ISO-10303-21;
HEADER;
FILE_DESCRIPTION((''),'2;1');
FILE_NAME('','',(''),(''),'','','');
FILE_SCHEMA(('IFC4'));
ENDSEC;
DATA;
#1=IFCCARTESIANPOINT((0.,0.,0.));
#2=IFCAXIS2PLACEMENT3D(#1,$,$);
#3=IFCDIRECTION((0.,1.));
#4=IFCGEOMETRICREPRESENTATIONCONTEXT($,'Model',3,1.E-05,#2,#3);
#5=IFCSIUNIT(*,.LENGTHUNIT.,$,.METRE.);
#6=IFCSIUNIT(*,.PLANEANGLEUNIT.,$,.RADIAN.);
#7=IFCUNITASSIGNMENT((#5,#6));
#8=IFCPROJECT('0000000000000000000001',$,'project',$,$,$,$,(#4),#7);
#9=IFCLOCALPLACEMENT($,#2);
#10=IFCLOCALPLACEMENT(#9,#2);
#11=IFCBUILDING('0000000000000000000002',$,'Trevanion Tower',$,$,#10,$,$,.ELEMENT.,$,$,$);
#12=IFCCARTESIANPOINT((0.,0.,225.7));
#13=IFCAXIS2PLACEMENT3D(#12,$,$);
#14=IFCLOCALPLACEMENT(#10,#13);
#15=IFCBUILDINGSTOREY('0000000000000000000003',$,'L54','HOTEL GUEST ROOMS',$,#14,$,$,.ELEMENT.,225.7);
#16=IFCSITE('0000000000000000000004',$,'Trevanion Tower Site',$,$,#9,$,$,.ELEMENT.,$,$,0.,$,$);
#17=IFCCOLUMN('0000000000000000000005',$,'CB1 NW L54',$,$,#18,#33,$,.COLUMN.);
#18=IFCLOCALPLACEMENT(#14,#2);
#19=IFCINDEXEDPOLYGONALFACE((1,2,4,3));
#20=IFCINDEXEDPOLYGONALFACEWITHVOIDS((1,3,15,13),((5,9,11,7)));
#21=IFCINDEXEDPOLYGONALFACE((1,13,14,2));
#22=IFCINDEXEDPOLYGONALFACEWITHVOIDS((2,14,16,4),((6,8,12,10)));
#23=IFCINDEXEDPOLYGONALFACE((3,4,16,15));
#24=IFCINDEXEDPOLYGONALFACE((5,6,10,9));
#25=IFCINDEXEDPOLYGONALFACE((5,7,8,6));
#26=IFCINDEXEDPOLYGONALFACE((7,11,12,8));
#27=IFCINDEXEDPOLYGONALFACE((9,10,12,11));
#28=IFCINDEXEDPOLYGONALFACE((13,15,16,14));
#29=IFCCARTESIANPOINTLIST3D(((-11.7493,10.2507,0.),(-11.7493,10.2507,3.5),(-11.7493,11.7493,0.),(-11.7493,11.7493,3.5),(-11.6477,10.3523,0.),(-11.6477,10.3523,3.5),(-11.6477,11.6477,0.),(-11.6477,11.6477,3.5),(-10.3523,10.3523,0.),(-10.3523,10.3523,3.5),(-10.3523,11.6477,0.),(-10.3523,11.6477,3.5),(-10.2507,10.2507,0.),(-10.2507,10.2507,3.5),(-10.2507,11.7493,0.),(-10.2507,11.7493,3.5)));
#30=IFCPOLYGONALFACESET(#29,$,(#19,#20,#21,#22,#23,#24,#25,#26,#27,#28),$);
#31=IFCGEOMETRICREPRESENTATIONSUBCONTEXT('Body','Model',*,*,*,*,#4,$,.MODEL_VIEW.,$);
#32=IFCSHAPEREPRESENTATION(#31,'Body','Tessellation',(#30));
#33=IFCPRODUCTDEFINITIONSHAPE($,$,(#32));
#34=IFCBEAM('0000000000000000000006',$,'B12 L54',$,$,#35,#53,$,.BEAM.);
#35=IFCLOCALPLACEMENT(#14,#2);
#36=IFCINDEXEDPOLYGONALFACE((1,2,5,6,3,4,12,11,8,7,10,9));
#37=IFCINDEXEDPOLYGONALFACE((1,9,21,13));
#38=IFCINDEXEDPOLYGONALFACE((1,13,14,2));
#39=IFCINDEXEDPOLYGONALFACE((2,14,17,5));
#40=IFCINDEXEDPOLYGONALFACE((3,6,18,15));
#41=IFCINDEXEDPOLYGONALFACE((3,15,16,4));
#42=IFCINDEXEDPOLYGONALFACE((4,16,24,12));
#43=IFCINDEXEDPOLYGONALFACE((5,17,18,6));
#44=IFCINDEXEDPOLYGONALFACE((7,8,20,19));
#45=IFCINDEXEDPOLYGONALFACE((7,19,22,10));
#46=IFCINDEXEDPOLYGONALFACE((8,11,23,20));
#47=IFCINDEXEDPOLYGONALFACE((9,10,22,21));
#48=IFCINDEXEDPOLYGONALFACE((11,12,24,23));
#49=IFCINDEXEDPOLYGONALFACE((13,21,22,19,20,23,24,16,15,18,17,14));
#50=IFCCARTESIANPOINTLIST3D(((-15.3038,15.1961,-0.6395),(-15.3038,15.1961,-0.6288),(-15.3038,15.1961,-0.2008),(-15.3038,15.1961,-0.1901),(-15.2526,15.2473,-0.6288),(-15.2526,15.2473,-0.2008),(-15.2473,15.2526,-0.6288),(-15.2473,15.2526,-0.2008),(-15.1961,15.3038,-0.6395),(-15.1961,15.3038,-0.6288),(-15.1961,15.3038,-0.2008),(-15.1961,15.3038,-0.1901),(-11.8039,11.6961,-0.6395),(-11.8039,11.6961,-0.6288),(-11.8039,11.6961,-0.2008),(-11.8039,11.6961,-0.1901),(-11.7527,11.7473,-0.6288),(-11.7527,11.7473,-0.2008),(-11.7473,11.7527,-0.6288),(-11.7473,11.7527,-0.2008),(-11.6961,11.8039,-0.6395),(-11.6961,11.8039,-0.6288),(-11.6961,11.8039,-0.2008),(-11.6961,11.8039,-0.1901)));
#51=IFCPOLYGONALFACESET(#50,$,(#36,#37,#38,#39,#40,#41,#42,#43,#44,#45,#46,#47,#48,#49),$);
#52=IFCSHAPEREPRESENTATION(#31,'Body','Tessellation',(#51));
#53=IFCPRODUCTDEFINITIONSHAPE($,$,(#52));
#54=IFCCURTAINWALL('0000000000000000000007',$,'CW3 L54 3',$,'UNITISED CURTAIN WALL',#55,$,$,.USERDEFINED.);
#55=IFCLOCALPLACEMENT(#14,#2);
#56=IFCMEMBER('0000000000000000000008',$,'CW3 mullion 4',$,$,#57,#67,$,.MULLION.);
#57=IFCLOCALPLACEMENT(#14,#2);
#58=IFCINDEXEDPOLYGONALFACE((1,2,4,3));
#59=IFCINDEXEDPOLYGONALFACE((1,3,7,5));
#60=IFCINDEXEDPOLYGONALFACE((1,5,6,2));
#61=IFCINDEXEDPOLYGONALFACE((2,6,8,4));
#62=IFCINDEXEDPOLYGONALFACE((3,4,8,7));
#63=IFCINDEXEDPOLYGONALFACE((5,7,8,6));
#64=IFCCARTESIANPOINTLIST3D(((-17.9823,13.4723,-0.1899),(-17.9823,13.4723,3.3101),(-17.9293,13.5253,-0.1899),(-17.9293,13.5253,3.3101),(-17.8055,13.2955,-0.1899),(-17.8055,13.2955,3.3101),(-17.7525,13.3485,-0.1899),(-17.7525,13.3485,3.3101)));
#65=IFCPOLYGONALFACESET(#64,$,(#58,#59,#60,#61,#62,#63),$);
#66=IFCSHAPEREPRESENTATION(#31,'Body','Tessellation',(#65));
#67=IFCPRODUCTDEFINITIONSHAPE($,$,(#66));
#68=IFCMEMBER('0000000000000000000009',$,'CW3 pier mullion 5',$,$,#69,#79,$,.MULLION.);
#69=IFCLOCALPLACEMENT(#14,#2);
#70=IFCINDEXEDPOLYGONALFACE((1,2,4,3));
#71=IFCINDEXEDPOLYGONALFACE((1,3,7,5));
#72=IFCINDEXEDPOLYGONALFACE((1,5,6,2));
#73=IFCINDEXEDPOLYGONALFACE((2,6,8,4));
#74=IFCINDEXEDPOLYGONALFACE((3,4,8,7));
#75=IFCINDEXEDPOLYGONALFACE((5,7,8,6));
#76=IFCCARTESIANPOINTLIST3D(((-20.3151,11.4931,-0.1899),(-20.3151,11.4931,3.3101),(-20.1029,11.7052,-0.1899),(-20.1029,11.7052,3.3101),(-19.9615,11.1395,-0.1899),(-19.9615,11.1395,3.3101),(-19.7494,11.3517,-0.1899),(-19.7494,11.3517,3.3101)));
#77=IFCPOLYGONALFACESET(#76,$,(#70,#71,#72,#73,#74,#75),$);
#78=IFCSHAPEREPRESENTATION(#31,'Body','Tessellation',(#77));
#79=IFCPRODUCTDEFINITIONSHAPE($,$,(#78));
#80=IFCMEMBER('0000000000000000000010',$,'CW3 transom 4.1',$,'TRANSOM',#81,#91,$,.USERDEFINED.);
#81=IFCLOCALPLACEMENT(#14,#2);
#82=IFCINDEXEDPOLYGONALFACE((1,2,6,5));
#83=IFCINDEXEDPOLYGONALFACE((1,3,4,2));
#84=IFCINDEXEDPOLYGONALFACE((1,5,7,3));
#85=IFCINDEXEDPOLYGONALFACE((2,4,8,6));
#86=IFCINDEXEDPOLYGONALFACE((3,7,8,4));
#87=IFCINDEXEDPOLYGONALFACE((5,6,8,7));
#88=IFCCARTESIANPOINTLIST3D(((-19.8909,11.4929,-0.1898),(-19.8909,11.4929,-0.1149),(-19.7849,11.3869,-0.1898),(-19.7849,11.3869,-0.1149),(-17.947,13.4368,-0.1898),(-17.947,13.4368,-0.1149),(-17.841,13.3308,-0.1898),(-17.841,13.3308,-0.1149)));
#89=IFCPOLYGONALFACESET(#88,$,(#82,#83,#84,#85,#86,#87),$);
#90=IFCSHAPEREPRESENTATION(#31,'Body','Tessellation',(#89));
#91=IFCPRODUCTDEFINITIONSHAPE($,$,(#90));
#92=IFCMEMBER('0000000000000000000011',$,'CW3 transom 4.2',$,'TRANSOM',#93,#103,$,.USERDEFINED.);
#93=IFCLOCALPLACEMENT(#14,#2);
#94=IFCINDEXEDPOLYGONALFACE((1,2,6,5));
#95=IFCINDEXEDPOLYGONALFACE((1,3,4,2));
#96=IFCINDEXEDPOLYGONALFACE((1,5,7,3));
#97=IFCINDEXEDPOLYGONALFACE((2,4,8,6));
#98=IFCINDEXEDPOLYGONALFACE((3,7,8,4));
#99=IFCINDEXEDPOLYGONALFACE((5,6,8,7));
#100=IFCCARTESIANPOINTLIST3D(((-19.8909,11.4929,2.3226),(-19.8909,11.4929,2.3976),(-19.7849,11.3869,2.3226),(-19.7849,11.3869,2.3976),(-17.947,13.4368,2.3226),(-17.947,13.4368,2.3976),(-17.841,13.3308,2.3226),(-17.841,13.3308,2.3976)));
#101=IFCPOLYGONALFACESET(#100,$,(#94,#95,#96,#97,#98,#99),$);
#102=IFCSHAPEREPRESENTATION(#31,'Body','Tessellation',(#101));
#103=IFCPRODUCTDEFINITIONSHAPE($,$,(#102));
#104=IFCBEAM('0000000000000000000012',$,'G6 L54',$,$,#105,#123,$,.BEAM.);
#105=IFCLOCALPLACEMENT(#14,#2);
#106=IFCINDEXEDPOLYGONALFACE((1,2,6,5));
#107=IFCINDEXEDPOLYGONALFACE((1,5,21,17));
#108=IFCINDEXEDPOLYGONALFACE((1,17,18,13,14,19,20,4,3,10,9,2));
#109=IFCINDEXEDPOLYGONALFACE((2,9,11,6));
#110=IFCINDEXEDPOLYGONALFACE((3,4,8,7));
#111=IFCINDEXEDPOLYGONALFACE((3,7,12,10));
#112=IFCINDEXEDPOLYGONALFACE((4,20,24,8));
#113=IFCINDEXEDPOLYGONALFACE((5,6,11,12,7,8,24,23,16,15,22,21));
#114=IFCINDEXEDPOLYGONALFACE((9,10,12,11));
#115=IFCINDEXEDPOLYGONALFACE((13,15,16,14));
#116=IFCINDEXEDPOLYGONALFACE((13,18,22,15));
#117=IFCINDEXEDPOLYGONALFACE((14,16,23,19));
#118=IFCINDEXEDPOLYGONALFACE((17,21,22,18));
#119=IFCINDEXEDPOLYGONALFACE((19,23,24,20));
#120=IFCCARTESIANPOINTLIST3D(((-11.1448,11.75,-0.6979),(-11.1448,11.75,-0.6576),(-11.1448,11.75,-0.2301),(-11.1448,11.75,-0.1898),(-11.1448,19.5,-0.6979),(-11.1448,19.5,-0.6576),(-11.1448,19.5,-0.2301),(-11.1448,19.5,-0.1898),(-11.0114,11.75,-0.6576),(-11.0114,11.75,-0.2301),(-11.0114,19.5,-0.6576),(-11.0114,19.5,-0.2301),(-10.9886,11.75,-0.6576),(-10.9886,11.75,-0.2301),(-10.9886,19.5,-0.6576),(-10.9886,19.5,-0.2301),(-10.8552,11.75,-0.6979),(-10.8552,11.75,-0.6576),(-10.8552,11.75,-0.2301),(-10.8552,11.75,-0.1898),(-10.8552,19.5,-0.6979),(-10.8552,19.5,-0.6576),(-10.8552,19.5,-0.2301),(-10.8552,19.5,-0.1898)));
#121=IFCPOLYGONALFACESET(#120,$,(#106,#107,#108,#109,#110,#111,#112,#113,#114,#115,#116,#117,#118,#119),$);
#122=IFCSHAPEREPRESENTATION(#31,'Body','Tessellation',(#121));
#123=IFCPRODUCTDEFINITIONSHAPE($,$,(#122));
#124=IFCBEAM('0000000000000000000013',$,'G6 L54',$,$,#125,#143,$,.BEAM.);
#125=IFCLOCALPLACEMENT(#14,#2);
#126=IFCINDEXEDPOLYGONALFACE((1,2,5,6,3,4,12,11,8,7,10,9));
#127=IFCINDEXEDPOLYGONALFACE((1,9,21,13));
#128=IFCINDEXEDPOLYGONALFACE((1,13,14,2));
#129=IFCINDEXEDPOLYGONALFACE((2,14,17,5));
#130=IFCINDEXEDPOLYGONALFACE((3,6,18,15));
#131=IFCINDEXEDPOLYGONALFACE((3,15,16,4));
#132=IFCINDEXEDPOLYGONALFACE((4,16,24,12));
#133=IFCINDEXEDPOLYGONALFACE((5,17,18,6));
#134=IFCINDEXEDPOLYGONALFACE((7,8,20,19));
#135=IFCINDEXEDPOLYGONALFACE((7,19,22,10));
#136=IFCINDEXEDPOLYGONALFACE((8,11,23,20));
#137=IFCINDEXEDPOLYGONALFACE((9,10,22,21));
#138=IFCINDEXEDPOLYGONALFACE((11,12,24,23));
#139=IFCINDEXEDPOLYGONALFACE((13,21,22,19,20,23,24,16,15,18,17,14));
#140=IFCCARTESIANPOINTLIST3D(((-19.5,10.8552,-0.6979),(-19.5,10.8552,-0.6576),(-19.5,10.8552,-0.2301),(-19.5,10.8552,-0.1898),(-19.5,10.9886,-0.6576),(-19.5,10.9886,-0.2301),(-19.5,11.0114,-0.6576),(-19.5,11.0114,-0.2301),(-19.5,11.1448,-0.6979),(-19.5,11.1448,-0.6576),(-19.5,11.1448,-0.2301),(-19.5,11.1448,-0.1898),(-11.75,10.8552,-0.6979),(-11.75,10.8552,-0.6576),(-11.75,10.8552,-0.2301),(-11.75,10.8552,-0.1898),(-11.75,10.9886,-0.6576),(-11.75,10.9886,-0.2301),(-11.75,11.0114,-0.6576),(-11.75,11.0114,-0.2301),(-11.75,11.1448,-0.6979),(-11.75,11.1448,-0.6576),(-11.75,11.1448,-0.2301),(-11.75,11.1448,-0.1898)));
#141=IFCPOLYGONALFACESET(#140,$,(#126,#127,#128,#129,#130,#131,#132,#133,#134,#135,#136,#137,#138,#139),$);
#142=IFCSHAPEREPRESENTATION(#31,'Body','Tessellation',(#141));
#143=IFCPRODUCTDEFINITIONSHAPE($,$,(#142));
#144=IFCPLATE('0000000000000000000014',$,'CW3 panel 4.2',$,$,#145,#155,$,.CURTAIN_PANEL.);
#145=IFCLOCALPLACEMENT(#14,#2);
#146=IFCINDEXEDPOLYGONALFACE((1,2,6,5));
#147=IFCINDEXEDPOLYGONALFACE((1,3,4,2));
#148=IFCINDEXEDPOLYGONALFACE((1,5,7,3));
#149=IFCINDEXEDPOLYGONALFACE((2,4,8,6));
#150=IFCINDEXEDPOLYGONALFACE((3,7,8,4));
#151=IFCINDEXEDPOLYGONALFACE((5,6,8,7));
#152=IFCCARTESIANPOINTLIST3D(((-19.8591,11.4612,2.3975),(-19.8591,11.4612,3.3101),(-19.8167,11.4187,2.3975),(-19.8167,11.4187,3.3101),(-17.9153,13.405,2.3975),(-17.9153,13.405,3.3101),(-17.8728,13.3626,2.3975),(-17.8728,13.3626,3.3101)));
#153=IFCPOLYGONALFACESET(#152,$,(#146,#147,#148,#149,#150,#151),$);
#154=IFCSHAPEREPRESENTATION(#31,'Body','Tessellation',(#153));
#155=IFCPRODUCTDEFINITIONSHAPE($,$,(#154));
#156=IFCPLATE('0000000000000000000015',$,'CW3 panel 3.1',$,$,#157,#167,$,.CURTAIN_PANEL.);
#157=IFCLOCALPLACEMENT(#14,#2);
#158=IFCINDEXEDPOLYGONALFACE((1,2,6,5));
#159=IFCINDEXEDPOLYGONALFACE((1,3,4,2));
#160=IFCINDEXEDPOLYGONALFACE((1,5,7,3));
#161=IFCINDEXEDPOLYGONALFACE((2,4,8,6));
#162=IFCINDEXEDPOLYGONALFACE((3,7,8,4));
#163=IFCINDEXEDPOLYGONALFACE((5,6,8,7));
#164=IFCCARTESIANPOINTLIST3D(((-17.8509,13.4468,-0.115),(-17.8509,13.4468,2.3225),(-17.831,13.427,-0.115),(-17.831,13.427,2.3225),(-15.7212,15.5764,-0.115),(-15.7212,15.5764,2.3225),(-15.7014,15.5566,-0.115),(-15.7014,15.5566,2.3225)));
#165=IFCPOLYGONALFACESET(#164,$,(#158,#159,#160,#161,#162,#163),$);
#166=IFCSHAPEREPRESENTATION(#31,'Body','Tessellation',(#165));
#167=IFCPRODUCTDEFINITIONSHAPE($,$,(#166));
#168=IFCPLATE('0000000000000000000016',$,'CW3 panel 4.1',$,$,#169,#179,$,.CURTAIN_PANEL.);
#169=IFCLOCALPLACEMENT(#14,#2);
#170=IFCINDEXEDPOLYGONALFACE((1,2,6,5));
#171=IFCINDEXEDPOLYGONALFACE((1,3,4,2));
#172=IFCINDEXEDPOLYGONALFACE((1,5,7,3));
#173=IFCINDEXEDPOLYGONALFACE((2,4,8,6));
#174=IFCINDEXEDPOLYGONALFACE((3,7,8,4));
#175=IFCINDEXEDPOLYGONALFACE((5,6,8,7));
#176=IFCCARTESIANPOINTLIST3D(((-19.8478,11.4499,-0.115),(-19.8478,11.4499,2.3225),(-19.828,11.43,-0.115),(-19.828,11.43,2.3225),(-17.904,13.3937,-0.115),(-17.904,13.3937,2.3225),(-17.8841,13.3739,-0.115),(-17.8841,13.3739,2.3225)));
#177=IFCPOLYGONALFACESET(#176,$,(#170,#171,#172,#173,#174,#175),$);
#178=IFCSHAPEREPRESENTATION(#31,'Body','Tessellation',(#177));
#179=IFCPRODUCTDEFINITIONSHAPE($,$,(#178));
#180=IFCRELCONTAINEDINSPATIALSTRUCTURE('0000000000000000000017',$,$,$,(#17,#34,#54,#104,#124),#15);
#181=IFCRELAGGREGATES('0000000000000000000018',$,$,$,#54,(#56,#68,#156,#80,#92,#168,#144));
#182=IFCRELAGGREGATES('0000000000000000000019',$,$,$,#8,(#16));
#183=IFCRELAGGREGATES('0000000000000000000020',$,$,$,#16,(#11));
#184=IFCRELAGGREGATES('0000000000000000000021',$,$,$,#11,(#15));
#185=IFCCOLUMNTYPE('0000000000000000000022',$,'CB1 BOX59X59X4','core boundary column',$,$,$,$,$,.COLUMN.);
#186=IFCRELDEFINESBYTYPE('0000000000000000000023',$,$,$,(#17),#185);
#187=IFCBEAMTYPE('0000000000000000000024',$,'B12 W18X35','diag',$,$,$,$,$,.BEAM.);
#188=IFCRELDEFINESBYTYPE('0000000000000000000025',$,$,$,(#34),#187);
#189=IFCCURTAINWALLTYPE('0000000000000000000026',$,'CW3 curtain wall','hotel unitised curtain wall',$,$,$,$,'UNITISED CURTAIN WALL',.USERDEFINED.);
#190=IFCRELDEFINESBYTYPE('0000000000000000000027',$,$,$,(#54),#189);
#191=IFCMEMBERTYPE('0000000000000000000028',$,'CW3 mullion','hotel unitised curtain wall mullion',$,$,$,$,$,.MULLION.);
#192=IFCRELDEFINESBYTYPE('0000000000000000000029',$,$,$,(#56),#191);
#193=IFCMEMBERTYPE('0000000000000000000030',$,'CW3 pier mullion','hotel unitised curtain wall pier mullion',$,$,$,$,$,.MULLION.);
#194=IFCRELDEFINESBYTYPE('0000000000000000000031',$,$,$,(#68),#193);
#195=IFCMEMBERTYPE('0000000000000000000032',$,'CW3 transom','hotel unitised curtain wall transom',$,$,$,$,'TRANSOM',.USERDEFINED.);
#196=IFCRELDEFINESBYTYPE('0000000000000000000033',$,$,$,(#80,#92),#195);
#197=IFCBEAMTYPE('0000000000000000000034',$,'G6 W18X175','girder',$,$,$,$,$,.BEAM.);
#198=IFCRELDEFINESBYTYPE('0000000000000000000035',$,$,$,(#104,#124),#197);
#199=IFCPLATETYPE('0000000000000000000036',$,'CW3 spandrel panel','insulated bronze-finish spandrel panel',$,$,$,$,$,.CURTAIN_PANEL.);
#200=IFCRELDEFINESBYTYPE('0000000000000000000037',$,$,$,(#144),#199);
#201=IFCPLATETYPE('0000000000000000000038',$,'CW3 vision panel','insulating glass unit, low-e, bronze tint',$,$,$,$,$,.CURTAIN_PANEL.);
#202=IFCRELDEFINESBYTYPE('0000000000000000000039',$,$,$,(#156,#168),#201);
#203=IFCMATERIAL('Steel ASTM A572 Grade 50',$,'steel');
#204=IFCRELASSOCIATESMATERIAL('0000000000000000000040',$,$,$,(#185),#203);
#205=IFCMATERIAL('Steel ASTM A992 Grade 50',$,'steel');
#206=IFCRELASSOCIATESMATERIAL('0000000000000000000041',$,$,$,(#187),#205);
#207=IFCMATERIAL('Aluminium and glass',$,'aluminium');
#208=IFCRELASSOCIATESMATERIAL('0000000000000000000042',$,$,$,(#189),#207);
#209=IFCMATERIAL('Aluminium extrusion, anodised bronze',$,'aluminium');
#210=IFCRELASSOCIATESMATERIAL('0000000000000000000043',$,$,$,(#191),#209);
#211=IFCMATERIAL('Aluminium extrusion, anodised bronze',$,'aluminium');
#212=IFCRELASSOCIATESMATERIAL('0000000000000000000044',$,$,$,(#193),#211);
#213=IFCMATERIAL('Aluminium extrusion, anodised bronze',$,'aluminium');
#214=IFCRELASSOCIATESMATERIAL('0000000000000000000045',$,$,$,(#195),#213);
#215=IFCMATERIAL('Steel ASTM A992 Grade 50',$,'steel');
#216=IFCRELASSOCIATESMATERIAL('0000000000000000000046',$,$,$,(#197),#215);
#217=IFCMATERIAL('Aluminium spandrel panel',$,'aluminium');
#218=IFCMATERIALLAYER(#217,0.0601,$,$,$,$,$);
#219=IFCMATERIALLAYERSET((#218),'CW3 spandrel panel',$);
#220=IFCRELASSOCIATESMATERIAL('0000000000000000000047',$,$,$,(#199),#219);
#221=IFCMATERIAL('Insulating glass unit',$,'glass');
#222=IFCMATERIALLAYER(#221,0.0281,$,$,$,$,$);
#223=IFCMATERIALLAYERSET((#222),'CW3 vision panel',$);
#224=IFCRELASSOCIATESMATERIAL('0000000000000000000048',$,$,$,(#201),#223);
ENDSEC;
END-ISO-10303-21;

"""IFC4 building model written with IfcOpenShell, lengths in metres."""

from ifc_helpers import new_model, si_unit, direction, frame, origin, origin_2d, place, context, subcontext, project, spatial, rectangle, hollow_rectangle, i_section, extrude, material, layer, layer_set, material_profile, profile_set, type_object, element, aggregate, save


model = new_model("IFC4")

# Units and contexts
model_context = context("Model", 3, precision=1e-05, world=origin(), true_north=direction((0.0, 1.0)))
body_context = subcontext(model_context, "Body", "Model", "MODEL_VIEW")
ifc_project = project(units=[si_unit("LENGTHUNIT", "METRE"), si_unit("PLANEANGLEUNIT", "RADIAN")], contexts=[model_context])

# Site, building, storey
site_placement = place(None, origin())
site = spatial("IfcSite", under=ifc_project, at=site_placement, Name="Trevanion Tower Site", CompositionType="ELEMENT", RefElevation=0.0)
building_placement = place(site_placement, origin())
building = spatial("IfcBuilding", under=site, at=building_placement, Name="Trevanion Tower", CompositionType="ELEMENT")
storey_placement = place(building_placement, frame((0.0, 0.0, 225.7)))
storey = spatial("IfcBuildingStorey", under=building, at=storey_placement, Name="L54", Description="HOTEL GUEST ROOMS", CompositionType="ELEMENT", Elevation=225.7)

# Column
ifc_material_1 = material(Name="Steel ASTM A572 Grade 50", Category="steel")
ifc_material_profile_1 = material_profile(ifc_material_1, hollow_rectangle(XDim=1.4985, YDim=1.4985, WallThickness=0.1016, at=origin_2d()), Name="BOX59X59X4")
ifc_profile_set_1 = profile_set([ifc_material_profile_1], Name="Steel ASTM A572 Grade 50")
column_type = type_object("IfcColumnType", Name="CB1 BOX59X59X4", Description="core boundary column", PredefinedType="COLUMN", material=ifc_profile_set_1)
column_placement = place(storey_placement, frame((-11.0, 11.0, 0.0), z_axis=(0.0, 0.0, 1.0), x_axis=(1.0, 0.0, 0.0)))
element("IfcColumn", 1, at=column_placement, inside=storey, type_object=column_type, Name="CB1 NW L54", PredefinedType="COLUMN", context=body_context, shape_type="SweptSolid", body=[
    extrude(hollow_rectangle(XDim=1.4985, YDim=1.4985, WallThickness=0.1016, at=origin_2d()), origin(), (0.0, 0.0, 1.0), 3.5),
])

# Beam
ifc_material_2 = material(Name="Steel ASTM A992 Grade 50", Category="steel")
ifc_material_profile_2 = material_profile(ifc_material_2, i_section(OverallWidth=0.1523, OverallDepth=0.4495, WebThickness=0.0076, FlangeThickness=0.0107, at=origin_2d()), Name="W18X35")
ifc_profile_set_2 = profile_set([ifc_material_profile_2], Name="Steel ASTM A992 Grade 50")
beam_type_1 = type_object("IfcBeamType", Name="B12 W18X35", Description="diag", PredefinedType="BEAM", material=ifc_profile_set_2)
beam_placement = place(storey_placement, frame((-11.75, 11.75, -0.4148), z_axis=(-0.707107, 0.707107, 0.0), x_axis=(-0.707107, -0.707107, 0.0)))
element("IfcBeam", 2, at=beam_placement, inside=storey, type_object=beam_type_1, Name="B12 L54", PredefinedType="BEAM", context=body_context, shape_type="SweptSolid", body=[
    extrude(i_section(OverallWidth=0.1523, OverallDepth=0.4495, WebThickness=0.0076, FlangeThickness=0.0107, at=origin_2d()), origin(), (0.0, 0.0, 1.0), 4.9497),
])

# Curtain wall, members
ifc_material_3 = material(Name="Aluminium and glass", Category="aluminium")
curtain_wall_type = type_object("IfcCurtainWallType", Name="CW3 curtain wall", Description="hotel unitised curtain wall", ElementType="UNITISED CURTAIN WALL", PredefinedType="USERDEFINED", material=ifc_material_3)
curtain_wall_placement = place(storey_placement, origin())
curtain_wall = element("IfcCurtainWall", 3, at=curtain_wall_placement, inside=storey, type_object=curtain_wall_type, Name="CW3 L54 3", ObjectType="UNITISED CURTAIN WALL", PredefinedType="USERDEFINED")
ifc_material_4 = material(Name="Aluminium extrusion, anodised bronze", Category="aluminium")
ifc_material_profile_3 = material_profile(ifc_material_4, rectangle(XDim=0.075, YDim=0.25, at=origin_2d()), Name="CW3 mullion")
ifc_profile_set_3 = profile_set([ifc_material_profile_3], Name="Aluminium extrusion, anodised bronze")
member_type_1 = type_object("IfcMemberType", Name="CW3 mullion", Description="hotel unitised curtain wall mullion", PredefinedType="MULLION", material=ifc_profile_set_3)
member_1_placement = place(storey_placement, frame((-17.8674, 13.4104, -0.1899), z_axis=(0.0, 0.0, 1.0), x_axis=(-0.707107, -0.707107, 0.0)))
member_1 = element("IfcMember", 4, at=member_1_placement, type_object=member_type_1, Name="CW3 mullion 4", PredefinedType="MULLION", context=body_context, shape_type="SweptSolid", body=[
    extrude(rectangle(XDim=0.075, YDim=0.25, at=origin_2d()), origin(), (0.0, 0.0, 1.0), 3.5),
])
ifc_material_5 = material(Name="Aluminium extrusion, anodised bronze", Category="aluminium")
ifc_material_profile_4 = material_profile(ifc_material_5, rectangle(XDim=0.3, YDim=0.5, at=origin_2d()), Name="CW3 pier mullion")
ifc_profile_set_4 = profile_set([ifc_material_profile_4], Name="Aluminium extrusion, anodised bronze")
member_type_2 = type_object("IfcMemberType", Name="CW3 pier mullion", Description="hotel unitised curtain wall pier mullion", PredefinedType="MULLION", material=ifc_profile_set_4)
member_2_placement = place(storey_placement, frame((-20.0322, 11.4224, -0.1899), z_axis=(0.0, 0.0, 1.0), x_axis=(-0.707107, -0.707107, 0.0)))
member_2 = element("IfcMember", 5, at=member_2_placement, type_object=member_type_2, Name="CW3 pier mullion 5", PredefinedType="MULLION", context=body_context, shape_type="SweptSolid", body=[
    extrude(rectangle(XDim=0.3, YDim=0.5, at=origin_2d()), origin(), (0.0, 0.0, 1.0), 3.5),
])
ifc_material_6 = material(Name="Aluminium extrusion, anodised bronze", Category="aluminium")
ifc_material_profile_5 = material_profile(ifc_material_6, rectangle(XDim=0.1499, YDim=0.075, at=origin_2d()), Name="CW3 transom")
ifc_profile_set_5 = profile_set([ifc_material_profile_5], Name="Aluminium extrusion, anodised bronze")
member_type_3 = type_object("IfcMemberType", Name="CW3 transom", Description="hotel unitised curtain wall transom", ElementType="TRANSOM", PredefinedType="USERDEFINED", material=ifc_profile_set_5)
member_3_placement = place(storey_placement, frame((-17.894, 13.3838, -0.1523), z_axis=(-0.707107, -0.707107, 0.0), x_axis=(0.707107, -0.707107, 0.0)))
member_3 = element("IfcMember", 6, at=member_3_placement, type_object=member_type_3, Name="CW3 transom 4.1", ObjectType="TRANSOM", PredefinedType="USERDEFINED", context=body_context, shape_type="SweptSolid", body=[
    extrude(rectangle(XDim=0.1499, YDim=0.075, at=origin_2d()), origin(), (0.0, 0.0, 1.0), 2.749),
])
member_4_placement = place(storey_placement, frame((-17.894, 13.3838, 2.3601), z_axis=(-0.707107, -0.707107, 0.0), x_axis=(0.707107, -0.707107, 0.0)))
member_4 = element("IfcMember", 7, at=member_4_placement, type_object=member_type_3, Name="CW3 transom 4.2", ObjectType="TRANSOM", PredefinedType="USERDEFINED", context=body_context, shape_type="SweptSolid", body=[
    extrude(rectangle(XDim=0.1499, YDim=0.075, at=origin_2d()), origin(), (0.0, 0.0, 1.0), 2.749),
])

# Beams
ifc_material_7 = material(Name="Steel ASTM A992 Grade 50", Category="steel")
ifc_material_profile_6 = material_profile(ifc_material_7, i_section(OverallWidth=0.2896, OverallDepth=0.5081, WebThickness=0.0227, FlangeThickness=0.0403, at=origin_2d()), Name="W18X175")
ifc_profile_set_6 = profile_set([ifc_material_profile_6], Name="Steel ASTM A992 Grade 50")
beam_type_2 = type_object("IfcBeamType", Name="G6 W18X175", Description="girder", PredefinedType="BEAM", material=ifc_profile_set_6)
for number, where, z_axis, x_axis, name in (
    (8, (-11.0, 11.75, -0.4438), (0.0, 1.0, 0.0), (-1.0, 0.0, 0.0), "G6 L54"),
    (9, (-11.75, 11.0, -0.4438), (-1.0, 0.0, 0.0), (0.0, -1.0, 0.0), "G6 L54"),
):
    element("IfcBeam", number, at=place(storey_placement, frame(where, z_axis=z_axis, x_axis=x_axis)), inside=storey, type_object=beam_type_2, Name=name, PredefinedType="BEAM", context=body_context, shape_type="SweptSolid", body=[
        extrude(i_section(OverallWidth=0.2896, OverallDepth=0.5081, WebThickness=0.0227, FlangeThickness=0.0403, at=origin_2d()), origin(), (0.0, 0.0, 1.0), 7.75),
    ])

# Plates
ifc_material_8 = material(Name="Aluminium spandrel panel", Category="aluminium")
ifc_layer_1 = layer(ifc_material_8, 0.0601)
ifc_layer_set_1 = layer_set([ifc_layer_1], Name="CW3 spandrel panel")
plate_type_1 = type_object("IfcPlateType", Name="CW3 spandrel panel", Description="insulated bronze-finish spandrel panel", PredefinedType="CURTAIN_PANEL", material=ifc_layer_set_1)
plate_1_placement = place(storey_placement, frame((-18.866, 12.4119, 2.3975), z_axis=(0.0, 0.0, 1.0), x_axis=(-0.707107, -0.707107, 0.0)))
plate_1 = element("IfcPlate", 10, at=plate_1_placement, type_object=plate_type_1, Name="CW3 panel 4.2", PredefinedType="CURTAIN_PANEL", context=body_context, shape_type="SweptSolid", body=[
    extrude(rectangle(XDim=2.749, YDim=0.0601, at=origin_2d()), origin(), (0.0, 0.0, 1.0), 0.9126),
])
ifc_material_9 = material(Name="Insulating glass unit", Category="glass")
ifc_layer_2 = layer(ifc_material_9, 0.0281)
ifc_layer_set_2 = layer_set([ifc_layer_2], Name="CW3 vision panel")
plate_type_2 = type_object("IfcPlateType", Name="CW3 vision panel", Description="insulating glass unit, low-e, bronze tint", PredefinedType="CURTAIN_PANEL", material=ifc_layer_set_2)
plate_2_placement = place(storey_placement, frame((-16.7761, 14.5017, -0.115), z_axis=(0.0, 0.0, 1.0), x_axis=(-0.707107, -0.707107, 0.0)))
plate_2 = element("IfcPlate", 11, at=plate_2_placement, type_object=plate_type_2, Name="CW3 panel 3.1", PredefinedType="CURTAIN_PANEL", context=body_context, shape_type="SweptSolid", body=[
    extrude(rectangle(XDim=3.0117, YDim=0.0281, at=origin_2d()), origin(), (0.0, 0.0, 1.0), 2.4375),
])
plate_3_placement = place(storey_placement, frame((-18.866, 12.4119, -0.115), z_axis=(0.0, 0.0, 1.0), x_axis=(-0.707107, -0.707107, 0.0)))
plate_3 = element("IfcPlate", 12, at=plate_3_placement, type_object=plate_type_2, Name="CW3 panel 4.1", PredefinedType="CURTAIN_PANEL", context=body_context, shape_type="SweptSolid", body=[
    extrude(rectangle(XDim=2.749, YDim=0.0281, at=origin_2d()), origin(), (0.0, 0.0, 1.0), 2.4375),
])
aggregate(curtain_wall, [member_1, member_2, plate_2, member_3, member_4, plate_3, plate_1])

save(model, "model.ifc")
